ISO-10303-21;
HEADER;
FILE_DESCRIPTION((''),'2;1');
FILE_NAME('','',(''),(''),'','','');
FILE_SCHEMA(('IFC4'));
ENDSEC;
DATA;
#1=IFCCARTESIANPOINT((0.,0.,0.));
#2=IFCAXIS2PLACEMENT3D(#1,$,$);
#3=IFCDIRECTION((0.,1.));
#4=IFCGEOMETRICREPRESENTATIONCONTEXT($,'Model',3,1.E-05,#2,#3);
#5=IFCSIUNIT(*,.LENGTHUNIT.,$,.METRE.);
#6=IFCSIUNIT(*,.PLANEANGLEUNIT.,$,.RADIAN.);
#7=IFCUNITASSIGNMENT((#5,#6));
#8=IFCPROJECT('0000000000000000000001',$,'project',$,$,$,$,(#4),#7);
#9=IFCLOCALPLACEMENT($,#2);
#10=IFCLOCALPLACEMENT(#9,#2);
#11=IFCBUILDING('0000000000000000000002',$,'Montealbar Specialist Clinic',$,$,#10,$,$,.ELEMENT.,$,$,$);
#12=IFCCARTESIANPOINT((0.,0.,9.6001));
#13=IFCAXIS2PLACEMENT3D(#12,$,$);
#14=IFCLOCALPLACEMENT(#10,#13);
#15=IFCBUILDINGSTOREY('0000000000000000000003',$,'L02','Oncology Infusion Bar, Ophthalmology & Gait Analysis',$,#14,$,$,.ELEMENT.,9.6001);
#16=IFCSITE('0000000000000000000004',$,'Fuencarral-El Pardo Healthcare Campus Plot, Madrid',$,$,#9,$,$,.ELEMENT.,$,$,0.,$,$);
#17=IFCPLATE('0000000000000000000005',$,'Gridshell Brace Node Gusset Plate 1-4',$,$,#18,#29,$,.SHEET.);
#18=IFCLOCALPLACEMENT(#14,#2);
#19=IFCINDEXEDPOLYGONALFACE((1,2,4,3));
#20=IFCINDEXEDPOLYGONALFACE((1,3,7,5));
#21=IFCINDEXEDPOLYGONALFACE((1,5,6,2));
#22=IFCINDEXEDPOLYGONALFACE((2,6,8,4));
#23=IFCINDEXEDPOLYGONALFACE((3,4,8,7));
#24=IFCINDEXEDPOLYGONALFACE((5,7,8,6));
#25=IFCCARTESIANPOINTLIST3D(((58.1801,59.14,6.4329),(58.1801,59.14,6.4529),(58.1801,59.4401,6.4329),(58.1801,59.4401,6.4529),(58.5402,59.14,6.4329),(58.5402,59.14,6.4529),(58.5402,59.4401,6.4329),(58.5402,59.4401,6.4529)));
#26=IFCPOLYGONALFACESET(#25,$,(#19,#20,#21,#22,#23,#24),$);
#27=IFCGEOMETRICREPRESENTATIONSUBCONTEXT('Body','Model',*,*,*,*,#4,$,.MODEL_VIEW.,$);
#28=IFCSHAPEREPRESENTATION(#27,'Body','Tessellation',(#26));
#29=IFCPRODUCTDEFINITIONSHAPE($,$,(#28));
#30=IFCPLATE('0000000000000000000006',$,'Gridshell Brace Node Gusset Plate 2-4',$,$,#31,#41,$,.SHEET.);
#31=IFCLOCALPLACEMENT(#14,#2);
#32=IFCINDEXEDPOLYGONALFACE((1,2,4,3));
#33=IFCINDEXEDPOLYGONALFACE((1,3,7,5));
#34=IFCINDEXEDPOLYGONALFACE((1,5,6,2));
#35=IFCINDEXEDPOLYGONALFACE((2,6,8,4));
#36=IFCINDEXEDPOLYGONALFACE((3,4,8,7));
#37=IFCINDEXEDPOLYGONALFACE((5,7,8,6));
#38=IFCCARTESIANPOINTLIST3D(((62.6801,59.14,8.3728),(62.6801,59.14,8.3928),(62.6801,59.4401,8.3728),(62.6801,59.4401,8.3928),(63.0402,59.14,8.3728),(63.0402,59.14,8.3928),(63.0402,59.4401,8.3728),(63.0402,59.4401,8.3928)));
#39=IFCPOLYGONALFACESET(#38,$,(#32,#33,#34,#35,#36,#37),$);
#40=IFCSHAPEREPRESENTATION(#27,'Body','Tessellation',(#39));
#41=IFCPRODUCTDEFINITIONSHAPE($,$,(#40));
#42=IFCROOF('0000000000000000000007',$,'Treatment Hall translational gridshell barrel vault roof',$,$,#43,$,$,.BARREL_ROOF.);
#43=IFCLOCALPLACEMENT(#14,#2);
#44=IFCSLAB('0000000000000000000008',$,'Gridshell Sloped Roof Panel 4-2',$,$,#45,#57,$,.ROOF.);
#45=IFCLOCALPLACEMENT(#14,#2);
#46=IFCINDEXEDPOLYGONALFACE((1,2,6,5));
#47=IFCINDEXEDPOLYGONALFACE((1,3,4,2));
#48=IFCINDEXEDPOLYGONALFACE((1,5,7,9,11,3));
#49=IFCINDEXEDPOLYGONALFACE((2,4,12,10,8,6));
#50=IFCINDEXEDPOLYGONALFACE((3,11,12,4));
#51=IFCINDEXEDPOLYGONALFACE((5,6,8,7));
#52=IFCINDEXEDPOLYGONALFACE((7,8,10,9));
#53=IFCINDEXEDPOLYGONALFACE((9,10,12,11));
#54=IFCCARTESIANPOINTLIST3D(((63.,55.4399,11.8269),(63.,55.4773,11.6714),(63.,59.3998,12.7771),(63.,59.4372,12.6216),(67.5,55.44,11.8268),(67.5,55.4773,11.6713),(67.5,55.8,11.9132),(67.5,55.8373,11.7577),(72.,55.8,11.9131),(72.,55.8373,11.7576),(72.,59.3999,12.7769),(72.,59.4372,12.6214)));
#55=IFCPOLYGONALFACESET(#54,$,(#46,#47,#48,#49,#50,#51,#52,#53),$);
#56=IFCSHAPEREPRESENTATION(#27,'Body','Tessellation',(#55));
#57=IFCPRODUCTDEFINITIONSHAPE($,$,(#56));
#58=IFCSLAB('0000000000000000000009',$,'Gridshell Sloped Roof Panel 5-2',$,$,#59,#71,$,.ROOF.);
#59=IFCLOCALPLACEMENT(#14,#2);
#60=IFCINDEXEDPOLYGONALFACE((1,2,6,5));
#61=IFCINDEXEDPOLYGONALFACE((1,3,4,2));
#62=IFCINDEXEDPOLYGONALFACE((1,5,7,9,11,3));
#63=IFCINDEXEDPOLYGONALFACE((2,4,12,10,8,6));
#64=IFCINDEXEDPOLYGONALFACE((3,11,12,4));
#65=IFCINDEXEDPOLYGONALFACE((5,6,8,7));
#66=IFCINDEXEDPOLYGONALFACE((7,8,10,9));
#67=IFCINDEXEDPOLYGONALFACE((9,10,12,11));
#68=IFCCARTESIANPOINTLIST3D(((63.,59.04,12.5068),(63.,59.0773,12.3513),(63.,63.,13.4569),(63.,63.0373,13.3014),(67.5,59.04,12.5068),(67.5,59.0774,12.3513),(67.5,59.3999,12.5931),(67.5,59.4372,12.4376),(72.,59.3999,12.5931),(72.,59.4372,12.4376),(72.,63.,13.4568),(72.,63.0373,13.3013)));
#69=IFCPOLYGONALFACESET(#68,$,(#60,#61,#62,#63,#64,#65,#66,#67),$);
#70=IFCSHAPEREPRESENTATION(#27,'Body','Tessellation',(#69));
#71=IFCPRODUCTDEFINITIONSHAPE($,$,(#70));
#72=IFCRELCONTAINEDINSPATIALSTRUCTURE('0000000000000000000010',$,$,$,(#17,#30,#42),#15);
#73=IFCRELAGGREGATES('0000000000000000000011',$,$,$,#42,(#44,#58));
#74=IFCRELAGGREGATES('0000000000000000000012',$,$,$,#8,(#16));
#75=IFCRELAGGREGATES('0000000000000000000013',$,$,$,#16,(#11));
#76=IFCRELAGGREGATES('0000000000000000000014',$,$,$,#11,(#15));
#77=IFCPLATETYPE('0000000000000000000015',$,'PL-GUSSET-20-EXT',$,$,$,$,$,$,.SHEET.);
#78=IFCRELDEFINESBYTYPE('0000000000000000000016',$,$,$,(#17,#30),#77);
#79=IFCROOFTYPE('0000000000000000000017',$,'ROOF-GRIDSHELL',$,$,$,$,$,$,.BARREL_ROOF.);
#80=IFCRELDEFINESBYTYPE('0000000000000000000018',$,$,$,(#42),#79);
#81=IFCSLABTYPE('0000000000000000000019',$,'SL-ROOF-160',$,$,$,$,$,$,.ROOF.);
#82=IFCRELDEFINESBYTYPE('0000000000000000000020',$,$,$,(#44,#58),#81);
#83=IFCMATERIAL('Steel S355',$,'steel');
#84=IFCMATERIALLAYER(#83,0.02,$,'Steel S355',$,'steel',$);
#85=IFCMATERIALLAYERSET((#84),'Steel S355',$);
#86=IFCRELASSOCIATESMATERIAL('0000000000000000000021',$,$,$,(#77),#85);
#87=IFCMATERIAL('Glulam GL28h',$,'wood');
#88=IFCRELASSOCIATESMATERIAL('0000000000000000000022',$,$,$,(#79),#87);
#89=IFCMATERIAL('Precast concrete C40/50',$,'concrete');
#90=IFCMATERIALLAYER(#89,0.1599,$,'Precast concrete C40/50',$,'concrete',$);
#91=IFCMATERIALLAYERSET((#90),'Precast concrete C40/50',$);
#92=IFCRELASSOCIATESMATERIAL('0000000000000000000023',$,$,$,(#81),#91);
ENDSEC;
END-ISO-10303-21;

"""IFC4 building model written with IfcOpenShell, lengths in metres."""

from ifc_helpers import new_model, si_unit, direction, frame, origin, origin_2d, place, context, subcontext, project, spatial, polyline, rectangle, outline, extrude, material, layer, layer_set, type_object, element, aggregate, save


model = new_model("IFC4")

# Units and contexts
model_context = context("Model", 3, precision=1e-05, world=origin(), true_north=direction((0.0, 1.0)))
body_context = subcontext(model_context, "Body", "Model", "MODEL_VIEW")
ifc_project = project(units=[si_unit("LENGTHUNIT", "METRE"), si_unit("PLANEANGLEUNIT", "RADIAN")], contexts=[model_context])

# Site, building, storey
site_placement = place(None, origin())
site = spatial("IfcSite", under=ifc_project, at=site_placement, Name="Fuencarral-El Pardo Healthcare Campus Plot, Madrid", CompositionType="ELEMENT", RefElevation=0.0)
building_placement = place(site_placement, origin())
building = spatial("IfcBuilding", under=site, at=building_placement, Name="Montealbar Specialist Clinic", CompositionType="ELEMENT")
storey_placement = place(building_placement, frame((0.0, 0.0, 9.6001)))
storey = spatial("IfcBuildingStorey", under=building, at=storey_placement, Name="L02", Description="Oncology Infusion Bar, Ophthalmology & Gait Analysis", CompositionType="ELEMENT", Elevation=9.6001)

# Shared definitions
ifc_material_1 = material(Name="Steel S355", Category="steel")
ifc_material_2 = material(Name="Glulam GL28h", Category="wood")

# Plates
ifc_layer_1 = layer(ifc_material_1, 0.02, Name="Steel S355", Category="steel")
ifc_layer_set_1 = layer_set([ifc_layer_1], Name="Steel S355")
plate_type_1 = type_object("IfcPlateType", Name="PL-GUSSET-20-EXT", PredefinedType="SHEET", material=ifc_layer_set_1)
for number, where, z_axis, x_axis, name in (
    (1, (58.3601, 59.29, 6.4329), (0.0, 0.0, 1.0), (1.0, 0.0, 0.0), "Gridshell Brace Node Gusset Plate 1-4"),
    (2, (62.8601, 59.29, 8.3728), (0.0, 0.0, 1.0), (1.0, 0.0, 0.0), "Gridshell Brace Node Gusset Plate 2-4"),
):
    element("IfcPlate", number, at=place(storey_placement, frame(where, z_axis=z_axis, x_axis=x_axis)), inside=storey, type_object=plate_type_1, Name=name, PredefinedType="SHEET", context=body_context, shape_type="SweptSolid", body=[
        extrude(rectangle(XDim=0.3601, YDim=0.3, at=origin_2d()), origin(), (0.0, 0.0, 1.0), 0.02),
    ])

# Roof, slabs
roof_type = type_object("IfcRoofType", Name="ROOF-GRIDSHELL", PredefinedType="BARREL_ROOF", material=ifc_material_2)
roof_placement = place(storey_placement, origin())
roof = element("IfcRoof", 3, at=roof_placement, inside=storey, type_object=roof_type, Name="Treatment Hall translational gridshell barrel vault roof", PredefinedType="BARREL_ROOF")
ifc_material_3 = material(Name="Precast concrete C40/50", Category="concrete")
ifc_layer_2 = layer(ifc_material_3, 0.1599, Name="Precast concrete C40/50", Category="concrete")
ifc_layer_set_2 = layer_set([ifc_layer_2], Name="Precast concrete C40/50")
slab_type = type_object("IfcSlabType", Name="SL-ROOF-160", PredefinedType="ROOF", material=ifc_layer_set_2)
slab_1_placement = place(storey_placement, frame((63.0, 55.4399, 11.8269), z_axis=(0.000025, -0.233325, 0.972399), x_axis=(1.0, 0.000006, -0.000025)))
slab_1 = element("IfcSlab", 4, at=slab_1_placement, type_object=slab_type, Name="Gridshell Sloped Roof Panel 4-2", PredefinedType="ROOF", context=body_context, shape_type="SweptSolid", body=[
    extrude(outline(polyline([(0.0, 0.0), (4.5, 0.0), (4.5, 0.3702), (9.0, 0.3702), (9.0, 4.0723), (0.0, 4.0723), (0.0, 0.0)])), origin(), (0.0, 0.0, -1.0), 0.1599),
])
slab_2_placement = place(storey_placement, frame((63.0, 59.04, 12.5068), z_axis=(0.000008, -0.233289, 0.972408), x_axis=(1.0, 0.000002, -0.000008)))
slab_2 = element("IfcSlab", 5, at=slab_2_placement, type_object=slab_type, Name="Gridshell Sloped Roof Panel 5-2", PredefinedType="ROOF", context=body_context, shape_type="SweptSolid", body=[
    extrude(outline(polyline([(0.0, 0.0), (4.5, 0.0), (4.5, 0.37), (9.0, 0.37), (9.0, 4.0723), (0.0, 4.0723), (0.0, 0.0)])), origin(), (0.0, 0.0, -1.0), 0.1599),
])
aggregate(roof, [slab_1, slab_2])

save(model, "model.ifc")
